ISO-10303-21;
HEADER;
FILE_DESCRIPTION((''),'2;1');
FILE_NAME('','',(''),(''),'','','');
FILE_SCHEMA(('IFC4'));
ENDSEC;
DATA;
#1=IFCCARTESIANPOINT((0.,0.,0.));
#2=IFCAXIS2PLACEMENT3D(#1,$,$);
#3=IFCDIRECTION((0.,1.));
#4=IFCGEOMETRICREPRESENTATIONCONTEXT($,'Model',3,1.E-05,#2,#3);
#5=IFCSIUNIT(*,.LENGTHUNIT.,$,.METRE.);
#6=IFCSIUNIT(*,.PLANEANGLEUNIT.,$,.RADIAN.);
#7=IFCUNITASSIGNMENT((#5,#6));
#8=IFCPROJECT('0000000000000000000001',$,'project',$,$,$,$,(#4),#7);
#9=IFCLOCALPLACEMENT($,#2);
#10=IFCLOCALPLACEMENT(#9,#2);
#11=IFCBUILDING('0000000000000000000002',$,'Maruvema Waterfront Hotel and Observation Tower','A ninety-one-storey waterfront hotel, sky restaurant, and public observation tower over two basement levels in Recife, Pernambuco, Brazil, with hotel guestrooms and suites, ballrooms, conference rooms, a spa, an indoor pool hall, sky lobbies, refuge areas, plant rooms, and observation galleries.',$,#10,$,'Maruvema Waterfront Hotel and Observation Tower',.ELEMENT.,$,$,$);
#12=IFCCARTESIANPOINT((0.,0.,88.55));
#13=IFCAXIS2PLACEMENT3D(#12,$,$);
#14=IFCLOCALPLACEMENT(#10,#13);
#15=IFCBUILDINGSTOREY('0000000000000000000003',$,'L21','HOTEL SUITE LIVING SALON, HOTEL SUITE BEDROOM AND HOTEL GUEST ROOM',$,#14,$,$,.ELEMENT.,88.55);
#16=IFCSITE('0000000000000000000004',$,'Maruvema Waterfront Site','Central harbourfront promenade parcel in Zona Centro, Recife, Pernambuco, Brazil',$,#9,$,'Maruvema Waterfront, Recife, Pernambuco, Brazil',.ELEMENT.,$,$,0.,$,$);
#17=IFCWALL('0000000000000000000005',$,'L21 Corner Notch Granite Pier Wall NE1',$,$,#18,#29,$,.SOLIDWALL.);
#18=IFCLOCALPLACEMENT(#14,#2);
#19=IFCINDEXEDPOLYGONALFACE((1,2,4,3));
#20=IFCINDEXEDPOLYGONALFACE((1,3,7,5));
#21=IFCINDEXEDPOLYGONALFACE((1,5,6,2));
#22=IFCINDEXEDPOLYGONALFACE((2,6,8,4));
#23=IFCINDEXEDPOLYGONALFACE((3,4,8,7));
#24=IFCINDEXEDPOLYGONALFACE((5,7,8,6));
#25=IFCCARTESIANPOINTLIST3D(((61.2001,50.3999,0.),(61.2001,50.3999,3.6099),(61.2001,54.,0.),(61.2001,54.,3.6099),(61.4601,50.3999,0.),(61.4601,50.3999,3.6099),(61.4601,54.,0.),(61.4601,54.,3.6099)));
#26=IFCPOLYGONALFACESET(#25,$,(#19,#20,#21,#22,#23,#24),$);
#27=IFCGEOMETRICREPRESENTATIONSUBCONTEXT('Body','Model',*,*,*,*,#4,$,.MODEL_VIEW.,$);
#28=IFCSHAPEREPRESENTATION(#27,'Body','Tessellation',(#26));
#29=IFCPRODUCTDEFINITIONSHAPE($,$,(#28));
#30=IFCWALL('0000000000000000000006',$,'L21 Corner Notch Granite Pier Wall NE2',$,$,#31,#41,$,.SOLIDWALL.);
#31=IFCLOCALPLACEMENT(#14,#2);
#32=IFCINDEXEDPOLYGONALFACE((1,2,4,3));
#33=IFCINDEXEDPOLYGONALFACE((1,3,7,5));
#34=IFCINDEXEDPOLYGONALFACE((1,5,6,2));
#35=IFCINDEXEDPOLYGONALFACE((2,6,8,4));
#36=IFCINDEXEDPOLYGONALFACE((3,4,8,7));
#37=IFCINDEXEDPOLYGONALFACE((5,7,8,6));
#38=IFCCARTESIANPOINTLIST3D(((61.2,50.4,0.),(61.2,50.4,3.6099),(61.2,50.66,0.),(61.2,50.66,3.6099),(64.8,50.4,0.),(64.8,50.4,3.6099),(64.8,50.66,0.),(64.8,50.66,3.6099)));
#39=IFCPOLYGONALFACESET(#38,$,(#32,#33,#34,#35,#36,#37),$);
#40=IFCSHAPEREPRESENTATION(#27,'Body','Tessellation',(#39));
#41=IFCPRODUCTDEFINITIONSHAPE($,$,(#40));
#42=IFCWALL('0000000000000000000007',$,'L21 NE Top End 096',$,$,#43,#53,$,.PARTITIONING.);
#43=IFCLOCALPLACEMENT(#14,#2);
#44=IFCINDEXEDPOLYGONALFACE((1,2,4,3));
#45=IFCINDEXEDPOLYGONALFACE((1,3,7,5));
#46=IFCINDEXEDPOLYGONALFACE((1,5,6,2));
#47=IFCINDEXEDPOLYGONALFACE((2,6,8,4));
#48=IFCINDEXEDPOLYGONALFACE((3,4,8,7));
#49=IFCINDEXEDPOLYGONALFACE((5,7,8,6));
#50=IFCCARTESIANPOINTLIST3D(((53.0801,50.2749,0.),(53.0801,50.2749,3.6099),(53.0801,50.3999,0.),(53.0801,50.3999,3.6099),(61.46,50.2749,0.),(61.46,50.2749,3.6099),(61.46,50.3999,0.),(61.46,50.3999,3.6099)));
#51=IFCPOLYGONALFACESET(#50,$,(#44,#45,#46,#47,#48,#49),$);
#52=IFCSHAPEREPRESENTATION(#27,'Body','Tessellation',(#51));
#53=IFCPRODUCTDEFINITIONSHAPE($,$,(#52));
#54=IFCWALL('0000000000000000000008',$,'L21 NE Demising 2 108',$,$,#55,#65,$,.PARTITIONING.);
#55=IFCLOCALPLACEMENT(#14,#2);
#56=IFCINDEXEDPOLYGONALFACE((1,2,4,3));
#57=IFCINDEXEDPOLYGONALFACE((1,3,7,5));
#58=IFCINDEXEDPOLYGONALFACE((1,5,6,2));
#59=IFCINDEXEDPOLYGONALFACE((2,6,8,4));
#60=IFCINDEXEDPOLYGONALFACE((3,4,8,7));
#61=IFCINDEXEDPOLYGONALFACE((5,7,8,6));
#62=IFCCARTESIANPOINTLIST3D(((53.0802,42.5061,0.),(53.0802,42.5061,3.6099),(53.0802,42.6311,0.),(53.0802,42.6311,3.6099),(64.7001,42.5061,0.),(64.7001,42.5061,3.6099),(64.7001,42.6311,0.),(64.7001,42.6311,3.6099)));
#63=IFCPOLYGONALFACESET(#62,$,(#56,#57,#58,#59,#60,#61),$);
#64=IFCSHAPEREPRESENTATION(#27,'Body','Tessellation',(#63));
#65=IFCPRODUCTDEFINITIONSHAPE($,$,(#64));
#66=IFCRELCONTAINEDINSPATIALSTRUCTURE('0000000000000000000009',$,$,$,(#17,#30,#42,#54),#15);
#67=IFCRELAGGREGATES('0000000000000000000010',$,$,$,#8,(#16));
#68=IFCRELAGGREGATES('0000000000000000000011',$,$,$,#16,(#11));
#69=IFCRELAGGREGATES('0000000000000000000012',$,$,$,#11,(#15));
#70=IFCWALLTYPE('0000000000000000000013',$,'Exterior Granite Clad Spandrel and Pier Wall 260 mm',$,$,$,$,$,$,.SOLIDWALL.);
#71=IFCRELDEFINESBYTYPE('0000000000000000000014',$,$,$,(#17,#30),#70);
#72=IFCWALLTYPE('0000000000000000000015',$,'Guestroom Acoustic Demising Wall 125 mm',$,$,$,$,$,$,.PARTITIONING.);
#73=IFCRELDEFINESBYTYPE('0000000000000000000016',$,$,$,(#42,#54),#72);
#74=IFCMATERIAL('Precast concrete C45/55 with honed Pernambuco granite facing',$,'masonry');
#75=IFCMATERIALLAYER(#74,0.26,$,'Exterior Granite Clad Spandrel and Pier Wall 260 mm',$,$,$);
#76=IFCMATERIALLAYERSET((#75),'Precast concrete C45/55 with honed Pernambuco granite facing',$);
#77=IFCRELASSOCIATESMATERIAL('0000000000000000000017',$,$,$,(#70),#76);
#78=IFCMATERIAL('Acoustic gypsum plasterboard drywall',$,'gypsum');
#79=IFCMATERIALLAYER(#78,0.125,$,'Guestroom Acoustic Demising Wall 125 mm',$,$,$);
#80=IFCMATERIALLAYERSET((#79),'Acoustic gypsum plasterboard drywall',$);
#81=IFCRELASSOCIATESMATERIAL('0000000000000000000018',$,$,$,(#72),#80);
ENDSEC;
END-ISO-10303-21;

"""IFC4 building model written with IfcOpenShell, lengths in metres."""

from ifc_helpers import new_model, si_unit, direction, frame, frame_2d, origin, place, context, subcontext, project, spatial, rectangle, extrude, material, layer, layer_set, type_object, element, save


model = new_model("IFC4")

# Units and contexts
model_context = context("Model", 3, precision=1e-05, world=origin(), true_north=direction((0.0, 1.0)))
body_context = subcontext(model_context, "Body", "Model", "MODEL_VIEW")
ifc_project = project(units=[si_unit("LENGTHUNIT", "METRE"), si_unit("PLANEANGLEUNIT", "RADIAN")], contexts=[model_context])

# Site, building, storey
site_placement = place(None, origin())
site = spatial("IfcSite", under=ifc_project, at=site_placement, Name="Maruvema Waterfront Site", Description="Central harbourfront promenade parcel in Zona Centro, Recife, Pernambuco, Brazil", LongName="Maruvema Waterfront, Recife, Pernambuco, Brazil", CompositionType="ELEMENT", RefElevation=0.0)
building_placement = place(site_placement, origin())
building = spatial("IfcBuilding", under=site, at=building_placement, Name="Maruvema Waterfront Hotel and Observation Tower", Description="A ninety-one-storey waterfront hotel, sky restaurant, and public observation tower over two basement levels in Recife, Pernambuco, Brazil, with hotel guestrooms and suites, ballrooms, conference rooms, a spa, an indoor pool hall, sky lobbies, refuge areas, plant rooms, and observation galleries.", LongName="Maruvema Waterfront Hotel and Observation Tower", CompositionType="ELEMENT")
storey_placement = place(building_placement, frame((0.0, 0.0, 88.55)))
storey = spatial("IfcBuildingStorey", under=building, at=storey_placement, Name="L21", Description="HOTEL SUITE LIVING SALON, HOTEL SUITE BEDROOM AND HOTEL GUEST ROOM", CompositionType="ELEMENT", Elevation=88.55)

# Walls
ifc_material_1 = material(Name="Precast concrete C45/55 with honed Pernambuco granite facing", Category="masonry")
ifc_layer_1 = layer(ifc_material_1, 0.26, Name="Exterior Granite Clad Spandrel and Pier Wall 260 mm")
ifc_layer_set_1 = layer_set([ifc_layer_1], Name="Precast concrete C45/55 with honed Pernambuco granite facing")
wall_type_1 = type_object("IfcWallType", Name="Exterior Granite Clad Spandrel and Pier Wall 260 mm", PredefinedType="SOLIDWALL", material=ifc_layer_set_1)
for number, where, z_axis, x_axis, name in (
    (1, (61.3301, 54.0, 0.0), (0.0, 0.0, 1.0), (0.0, -1.0, 0.0), "L21 Corner Notch Granite Pier Wall NE1"),
    (2, (61.2, 50.53, 0.0), (0.0, 0.0, 1.0), (1.0, 0.0, 0.0), "L21 Corner Notch Granite Pier Wall NE2"),
):
    element("IfcWall", number, at=place(storey_placement, frame(where, z_axis=z_axis, x_axis=x_axis)), inside=storey, type_object=wall_type_1, Name=name, PredefinedType="SOLIDWALL", context=body_context, shape_type="SweptSolid", body=[
        extrude(rectangle(XDim=3.6001, YDim=0.26, at=frame_2d((1.8, 0.0))), origin(), (0.0, 0.0, 1.0), 3.6099),
    ])
ifc_material_2 = material(Name="Acoustic gypsum plasterboard drywall", Category="gypsum")
ifc_layer_2 = layer(ifc_material_2, 0.125, Name="Guestroom Acoustic Demising Wall 125 mm")
ifc_layer_set_2 = layer_set([ifc_layer_2], Name="Acoustic gypsum plasterboard drywall")
wall_type_2 = type_object("IfcWallType", Name="Guestroom Acoustic Demising Wall 125 mm", PredefinedType="PARTITIONING", material=ifc_layer_set_2)
wall_1_placement = place(storey_placement, frame((53.0801, 50.3374, 0.0), z_axis=(0.0, 0.0, 1.0), x_axis=(1.0, 0.0, 0.0)))
element("IfcWall", 3, at=wall_1_placement, inside=storey, type_object=wall_type_2, Name="L21 NE Top End 096", PredefinedType="PARTITIONING", context=body_context, shape_type="SweptSolid", body=[
    extrude(rectangle(XDim=8.3799, YDim=0.125, at=frame_2d((4.1899, 0.0))), origin(), (0.0, 0.0, 1.0), 3.6099),
])
wall_2_placement = place(storey_placement, frame((53.0801, 42.5686, 0.0), z_axis=(0.0, 0.0, 1.0), x_axis=(1.0, 0.0, 0.0)))
element("IfcWall", 4, at=wall_2_placement, inside=storey, type_object=wall_type_2, Name="L21 NE Demising 2 108", PredefinedType="PARTITIONING", context=body_context, shape_type="SweptSolid", body=[
    extrude(rectangle(XDim=11.6199, YDim=0.125, at=frame_2d((5.8101, 0.0))), origin(), (0.0, 0.0, 1.0), 3.6099),
])

save(model, "model.ifc")
